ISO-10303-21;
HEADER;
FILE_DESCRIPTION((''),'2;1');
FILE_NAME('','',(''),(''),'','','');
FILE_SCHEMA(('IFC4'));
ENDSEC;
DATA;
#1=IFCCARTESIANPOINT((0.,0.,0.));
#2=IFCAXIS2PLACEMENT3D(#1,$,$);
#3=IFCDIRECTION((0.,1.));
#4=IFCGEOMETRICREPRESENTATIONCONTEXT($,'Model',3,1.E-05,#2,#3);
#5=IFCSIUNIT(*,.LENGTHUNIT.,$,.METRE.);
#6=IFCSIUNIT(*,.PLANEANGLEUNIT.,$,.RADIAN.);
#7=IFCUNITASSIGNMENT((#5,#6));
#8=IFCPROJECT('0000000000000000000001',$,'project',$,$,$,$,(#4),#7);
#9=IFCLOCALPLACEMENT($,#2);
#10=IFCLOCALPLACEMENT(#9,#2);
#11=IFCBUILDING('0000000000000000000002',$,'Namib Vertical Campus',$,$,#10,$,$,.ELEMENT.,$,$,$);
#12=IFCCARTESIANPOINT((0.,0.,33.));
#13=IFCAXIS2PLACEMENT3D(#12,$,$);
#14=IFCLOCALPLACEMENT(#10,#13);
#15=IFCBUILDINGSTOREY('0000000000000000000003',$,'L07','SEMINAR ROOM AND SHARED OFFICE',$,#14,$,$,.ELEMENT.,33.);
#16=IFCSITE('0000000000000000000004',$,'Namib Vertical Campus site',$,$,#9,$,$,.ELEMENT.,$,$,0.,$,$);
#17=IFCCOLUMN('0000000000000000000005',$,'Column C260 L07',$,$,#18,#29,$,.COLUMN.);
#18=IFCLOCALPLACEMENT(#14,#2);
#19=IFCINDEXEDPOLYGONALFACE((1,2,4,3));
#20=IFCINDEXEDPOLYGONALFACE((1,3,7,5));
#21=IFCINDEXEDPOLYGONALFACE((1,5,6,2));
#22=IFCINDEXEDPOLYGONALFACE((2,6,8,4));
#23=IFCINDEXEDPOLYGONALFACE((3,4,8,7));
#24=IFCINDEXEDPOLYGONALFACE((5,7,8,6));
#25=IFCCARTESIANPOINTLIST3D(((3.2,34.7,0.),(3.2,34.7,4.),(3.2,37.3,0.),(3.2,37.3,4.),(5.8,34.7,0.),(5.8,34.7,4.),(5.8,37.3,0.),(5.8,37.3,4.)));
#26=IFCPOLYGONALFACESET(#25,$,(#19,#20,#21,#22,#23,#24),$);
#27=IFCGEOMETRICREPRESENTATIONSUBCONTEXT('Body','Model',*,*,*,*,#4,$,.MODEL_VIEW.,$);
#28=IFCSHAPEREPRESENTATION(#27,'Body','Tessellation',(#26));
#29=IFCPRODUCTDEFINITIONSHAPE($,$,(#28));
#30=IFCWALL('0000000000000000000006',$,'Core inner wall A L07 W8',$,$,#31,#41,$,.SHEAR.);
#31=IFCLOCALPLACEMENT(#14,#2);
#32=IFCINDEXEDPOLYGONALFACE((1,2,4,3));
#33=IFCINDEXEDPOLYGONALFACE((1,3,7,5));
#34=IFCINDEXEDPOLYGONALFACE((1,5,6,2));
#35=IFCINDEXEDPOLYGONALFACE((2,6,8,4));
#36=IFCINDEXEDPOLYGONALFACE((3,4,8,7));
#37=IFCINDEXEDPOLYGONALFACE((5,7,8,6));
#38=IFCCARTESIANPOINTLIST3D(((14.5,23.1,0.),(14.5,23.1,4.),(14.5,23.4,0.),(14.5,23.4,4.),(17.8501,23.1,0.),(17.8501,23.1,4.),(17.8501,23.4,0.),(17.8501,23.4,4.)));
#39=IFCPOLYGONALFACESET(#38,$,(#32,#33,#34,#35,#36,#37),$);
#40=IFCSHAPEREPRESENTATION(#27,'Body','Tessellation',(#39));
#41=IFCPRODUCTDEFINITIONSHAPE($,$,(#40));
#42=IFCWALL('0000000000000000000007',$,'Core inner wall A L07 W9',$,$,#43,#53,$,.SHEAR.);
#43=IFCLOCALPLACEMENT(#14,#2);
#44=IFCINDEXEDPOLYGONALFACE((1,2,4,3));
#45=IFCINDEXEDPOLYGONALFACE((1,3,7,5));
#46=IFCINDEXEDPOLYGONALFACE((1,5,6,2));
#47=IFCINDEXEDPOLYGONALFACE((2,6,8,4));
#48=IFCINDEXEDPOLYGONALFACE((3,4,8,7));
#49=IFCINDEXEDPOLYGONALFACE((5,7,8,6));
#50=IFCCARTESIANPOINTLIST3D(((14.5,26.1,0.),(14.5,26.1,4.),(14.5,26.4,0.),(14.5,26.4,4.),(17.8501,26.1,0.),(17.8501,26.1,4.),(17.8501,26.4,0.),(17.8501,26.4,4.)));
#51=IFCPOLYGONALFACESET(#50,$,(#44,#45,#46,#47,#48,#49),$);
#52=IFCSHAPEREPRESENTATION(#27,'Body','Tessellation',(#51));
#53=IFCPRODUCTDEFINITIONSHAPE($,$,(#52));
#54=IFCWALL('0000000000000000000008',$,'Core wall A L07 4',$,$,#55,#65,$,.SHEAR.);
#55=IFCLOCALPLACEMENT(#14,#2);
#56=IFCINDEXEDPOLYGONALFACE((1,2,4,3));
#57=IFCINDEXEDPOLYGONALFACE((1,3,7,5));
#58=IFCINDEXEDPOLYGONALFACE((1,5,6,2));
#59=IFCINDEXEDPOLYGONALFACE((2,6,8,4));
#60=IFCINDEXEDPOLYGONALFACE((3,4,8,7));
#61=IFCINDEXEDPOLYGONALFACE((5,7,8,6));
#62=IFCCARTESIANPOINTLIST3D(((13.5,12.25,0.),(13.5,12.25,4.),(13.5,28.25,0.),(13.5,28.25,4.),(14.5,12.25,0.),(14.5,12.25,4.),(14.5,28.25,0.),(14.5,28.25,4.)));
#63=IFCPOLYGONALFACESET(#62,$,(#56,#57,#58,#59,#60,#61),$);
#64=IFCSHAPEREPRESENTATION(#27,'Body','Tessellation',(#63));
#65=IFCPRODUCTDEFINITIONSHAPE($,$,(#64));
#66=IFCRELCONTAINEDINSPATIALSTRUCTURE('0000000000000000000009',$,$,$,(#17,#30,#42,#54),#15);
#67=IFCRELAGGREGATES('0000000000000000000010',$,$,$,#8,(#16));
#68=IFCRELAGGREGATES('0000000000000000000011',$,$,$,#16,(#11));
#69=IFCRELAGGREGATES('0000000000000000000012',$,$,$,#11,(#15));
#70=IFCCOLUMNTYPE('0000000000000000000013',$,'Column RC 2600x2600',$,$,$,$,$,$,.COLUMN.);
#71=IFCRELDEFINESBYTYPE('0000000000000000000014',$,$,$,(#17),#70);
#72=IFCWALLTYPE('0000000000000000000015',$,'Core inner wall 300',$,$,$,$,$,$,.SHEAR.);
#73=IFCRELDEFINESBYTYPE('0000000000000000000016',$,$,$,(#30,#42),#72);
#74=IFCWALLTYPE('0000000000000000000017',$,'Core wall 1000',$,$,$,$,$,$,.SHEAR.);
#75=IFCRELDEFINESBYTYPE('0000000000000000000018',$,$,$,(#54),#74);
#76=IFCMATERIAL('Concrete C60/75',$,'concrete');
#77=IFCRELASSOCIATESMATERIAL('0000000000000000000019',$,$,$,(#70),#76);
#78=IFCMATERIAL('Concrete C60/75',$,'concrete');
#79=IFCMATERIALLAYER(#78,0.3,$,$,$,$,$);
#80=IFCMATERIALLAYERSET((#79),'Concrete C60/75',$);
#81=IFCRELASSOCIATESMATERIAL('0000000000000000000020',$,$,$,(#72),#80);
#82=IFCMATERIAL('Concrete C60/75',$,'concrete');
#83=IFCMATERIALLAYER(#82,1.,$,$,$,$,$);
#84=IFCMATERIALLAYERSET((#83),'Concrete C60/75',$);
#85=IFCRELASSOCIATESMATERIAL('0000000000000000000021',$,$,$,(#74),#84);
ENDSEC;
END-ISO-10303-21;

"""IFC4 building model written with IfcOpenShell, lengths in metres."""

from ifc_helpers import new_model, si_unit, direction, frame, frame_2d, origin, origin_2d, place, context, subcontext, project, spatial, rectangle, extrude, material, layer, layer_set, material_profile, profile_set, type_object, element, save


model = new_model("IFC4")

# Units and contexts
model_context = context("Model", 3, precision=1e-05, world=origin(), true_north=direction((0.0, 1.0)))
body_context = subcontext(model_context, "Body", "Model", "MODEL_VIEW")
ifc_project = project(units=[si_unit("LENGTHUNIT", "METRE"), si_unit("PLANEANGLEUNIT", "RADIAN")], contexts=[model_context])

# Site, building, storey
site_placement = place(None, origin())
site = spatial("IfcSite", under=ifc_project, at=site_placement, Name="Namib Vertical Campus site", CompositionType="ELEMENT", RefElevation=0.0)
building_placement = place(site_placement, origin())
building = spatial("IfcBuilding", under=site, at=building_placement, Name="Namib Vertical Campus", CompositionType="ELEMENT")
storey_placement = place(building_placement, frame((0.0, 0.0, 33.0)))
storey = spatial("IfcBuildingStorey", under=building, at=storey_placement, Name="L07", Description="SEMINAR ROOM AND SHARED OFFICE", CompositionType="ELEMENT", Elevation=33.0)

# Column
ifc_material_1 = material(Name="Concrete C60/75", Category="concrete")
ifc_material_profile = material_profile(ifc_material_1, rectangle(XDim=2.6001, YDim=2.6001, at=origin_2d()))
ifc_profile_set = profile_set([ifc_material_profile], Name="Concrete C60/75")
column_type = type_object("IfcColumnType", Name="Column RC 2600x2600", PredefinedType="COLUMN", material=ifc_profile_set)
column_placement = place(storey_placement, frame((4.5, 36.0, 0.0), z_axis=(0.0, 0.0, 1.0), x_axis=(1.0, 0.0, 0.0)))
element("IfcColumn", 1, at=column_placement, inside=storey, type_object=column_type, Name="Column C260 L07", PredefinedType="COLUMN", context=body_context, shape_type="SweptSolid", body=[
    extrude(rectangle(XDim=2.6001, YDim=2.6001, at=origin_2d()), origin(), (0.0, 0.0, 1.0), 4.0),
])

# Walls
ifc_material_2 = material(Name="Concrete C60/75", Category="concrete")
ifc_layer_1 = layer(ifc_material_2, 0.3)
ifc_layer_set_1 = layer_set([ifc_layer_1], Name="Concrete C60/75")
wall_type_1 = type_object("IfcWallType", Name="Core inner wall 300", PredefinedType="SHEAR", material=ifc_layer_set_1)
for number, where, z_axis, x_axis, name in (
    (2, (14.5, 23.25, 0.0), (0.0, 0.0, 1.0), (1.0, 0.0, 0.0), "Core inner wall A L07 W8"),
    (3, (14.5, 26.25, 0.0), (0.0, 0.0, 1.0), (1.0, 0.0, 0.0), "Core inner wall A L07 W9"),
):
    element("IfcWall", number, at=place(storey_placement, frame(where, z_axis=z_axis, x_axis=x_axis)), inside=storey, type_object=wall_type_1, Name=name, PredefinedType="SHEAR", context=body_context, shape_type="SweptSolid", body=[
        extrude(rectangle(XDim=3.3501, YDim=0.3, at=frame_2d((1.675, 0.0))), origin(), (0.0, 0.0, 1.0), 4.0),
    ])
ifc_material_3 = material(Name="Concrete C60/75", Category="concrete")
ifc_layer_2 = layer(ifc_material_3, 1.0)
ifc_layer_set_2 = layer_set([ifc_layer_2], Name="Concrete C60/75")
wall_type_2 = type_object("IfcWallType", Name="Core wall 1000", PredefinedType="SHEAR", material=ifc_layer_set_2)
wall_1_placement = place(storey_placement, frame((14.0, 28.25, 0.0), z_axis=(0.0, 0.0, 1.0), x_axis=(0.0, -1.0, 0.0)))
element("IfcWall", 4, at=wall_1_placement, inside=storey, type_object=wall_type_2, Name="Core wall A L07 4", PredefinedType="SHEAR", context=body_context, shape_type="SweptSolid", body=[
    extrude(rectangle(XDim=16.0, YDim=1.0, at=frame_2d((8.0, 0.0))), origin(), (0.0, 0.0, 1.0), 4.0),
])

save(model, "model.ifc")
